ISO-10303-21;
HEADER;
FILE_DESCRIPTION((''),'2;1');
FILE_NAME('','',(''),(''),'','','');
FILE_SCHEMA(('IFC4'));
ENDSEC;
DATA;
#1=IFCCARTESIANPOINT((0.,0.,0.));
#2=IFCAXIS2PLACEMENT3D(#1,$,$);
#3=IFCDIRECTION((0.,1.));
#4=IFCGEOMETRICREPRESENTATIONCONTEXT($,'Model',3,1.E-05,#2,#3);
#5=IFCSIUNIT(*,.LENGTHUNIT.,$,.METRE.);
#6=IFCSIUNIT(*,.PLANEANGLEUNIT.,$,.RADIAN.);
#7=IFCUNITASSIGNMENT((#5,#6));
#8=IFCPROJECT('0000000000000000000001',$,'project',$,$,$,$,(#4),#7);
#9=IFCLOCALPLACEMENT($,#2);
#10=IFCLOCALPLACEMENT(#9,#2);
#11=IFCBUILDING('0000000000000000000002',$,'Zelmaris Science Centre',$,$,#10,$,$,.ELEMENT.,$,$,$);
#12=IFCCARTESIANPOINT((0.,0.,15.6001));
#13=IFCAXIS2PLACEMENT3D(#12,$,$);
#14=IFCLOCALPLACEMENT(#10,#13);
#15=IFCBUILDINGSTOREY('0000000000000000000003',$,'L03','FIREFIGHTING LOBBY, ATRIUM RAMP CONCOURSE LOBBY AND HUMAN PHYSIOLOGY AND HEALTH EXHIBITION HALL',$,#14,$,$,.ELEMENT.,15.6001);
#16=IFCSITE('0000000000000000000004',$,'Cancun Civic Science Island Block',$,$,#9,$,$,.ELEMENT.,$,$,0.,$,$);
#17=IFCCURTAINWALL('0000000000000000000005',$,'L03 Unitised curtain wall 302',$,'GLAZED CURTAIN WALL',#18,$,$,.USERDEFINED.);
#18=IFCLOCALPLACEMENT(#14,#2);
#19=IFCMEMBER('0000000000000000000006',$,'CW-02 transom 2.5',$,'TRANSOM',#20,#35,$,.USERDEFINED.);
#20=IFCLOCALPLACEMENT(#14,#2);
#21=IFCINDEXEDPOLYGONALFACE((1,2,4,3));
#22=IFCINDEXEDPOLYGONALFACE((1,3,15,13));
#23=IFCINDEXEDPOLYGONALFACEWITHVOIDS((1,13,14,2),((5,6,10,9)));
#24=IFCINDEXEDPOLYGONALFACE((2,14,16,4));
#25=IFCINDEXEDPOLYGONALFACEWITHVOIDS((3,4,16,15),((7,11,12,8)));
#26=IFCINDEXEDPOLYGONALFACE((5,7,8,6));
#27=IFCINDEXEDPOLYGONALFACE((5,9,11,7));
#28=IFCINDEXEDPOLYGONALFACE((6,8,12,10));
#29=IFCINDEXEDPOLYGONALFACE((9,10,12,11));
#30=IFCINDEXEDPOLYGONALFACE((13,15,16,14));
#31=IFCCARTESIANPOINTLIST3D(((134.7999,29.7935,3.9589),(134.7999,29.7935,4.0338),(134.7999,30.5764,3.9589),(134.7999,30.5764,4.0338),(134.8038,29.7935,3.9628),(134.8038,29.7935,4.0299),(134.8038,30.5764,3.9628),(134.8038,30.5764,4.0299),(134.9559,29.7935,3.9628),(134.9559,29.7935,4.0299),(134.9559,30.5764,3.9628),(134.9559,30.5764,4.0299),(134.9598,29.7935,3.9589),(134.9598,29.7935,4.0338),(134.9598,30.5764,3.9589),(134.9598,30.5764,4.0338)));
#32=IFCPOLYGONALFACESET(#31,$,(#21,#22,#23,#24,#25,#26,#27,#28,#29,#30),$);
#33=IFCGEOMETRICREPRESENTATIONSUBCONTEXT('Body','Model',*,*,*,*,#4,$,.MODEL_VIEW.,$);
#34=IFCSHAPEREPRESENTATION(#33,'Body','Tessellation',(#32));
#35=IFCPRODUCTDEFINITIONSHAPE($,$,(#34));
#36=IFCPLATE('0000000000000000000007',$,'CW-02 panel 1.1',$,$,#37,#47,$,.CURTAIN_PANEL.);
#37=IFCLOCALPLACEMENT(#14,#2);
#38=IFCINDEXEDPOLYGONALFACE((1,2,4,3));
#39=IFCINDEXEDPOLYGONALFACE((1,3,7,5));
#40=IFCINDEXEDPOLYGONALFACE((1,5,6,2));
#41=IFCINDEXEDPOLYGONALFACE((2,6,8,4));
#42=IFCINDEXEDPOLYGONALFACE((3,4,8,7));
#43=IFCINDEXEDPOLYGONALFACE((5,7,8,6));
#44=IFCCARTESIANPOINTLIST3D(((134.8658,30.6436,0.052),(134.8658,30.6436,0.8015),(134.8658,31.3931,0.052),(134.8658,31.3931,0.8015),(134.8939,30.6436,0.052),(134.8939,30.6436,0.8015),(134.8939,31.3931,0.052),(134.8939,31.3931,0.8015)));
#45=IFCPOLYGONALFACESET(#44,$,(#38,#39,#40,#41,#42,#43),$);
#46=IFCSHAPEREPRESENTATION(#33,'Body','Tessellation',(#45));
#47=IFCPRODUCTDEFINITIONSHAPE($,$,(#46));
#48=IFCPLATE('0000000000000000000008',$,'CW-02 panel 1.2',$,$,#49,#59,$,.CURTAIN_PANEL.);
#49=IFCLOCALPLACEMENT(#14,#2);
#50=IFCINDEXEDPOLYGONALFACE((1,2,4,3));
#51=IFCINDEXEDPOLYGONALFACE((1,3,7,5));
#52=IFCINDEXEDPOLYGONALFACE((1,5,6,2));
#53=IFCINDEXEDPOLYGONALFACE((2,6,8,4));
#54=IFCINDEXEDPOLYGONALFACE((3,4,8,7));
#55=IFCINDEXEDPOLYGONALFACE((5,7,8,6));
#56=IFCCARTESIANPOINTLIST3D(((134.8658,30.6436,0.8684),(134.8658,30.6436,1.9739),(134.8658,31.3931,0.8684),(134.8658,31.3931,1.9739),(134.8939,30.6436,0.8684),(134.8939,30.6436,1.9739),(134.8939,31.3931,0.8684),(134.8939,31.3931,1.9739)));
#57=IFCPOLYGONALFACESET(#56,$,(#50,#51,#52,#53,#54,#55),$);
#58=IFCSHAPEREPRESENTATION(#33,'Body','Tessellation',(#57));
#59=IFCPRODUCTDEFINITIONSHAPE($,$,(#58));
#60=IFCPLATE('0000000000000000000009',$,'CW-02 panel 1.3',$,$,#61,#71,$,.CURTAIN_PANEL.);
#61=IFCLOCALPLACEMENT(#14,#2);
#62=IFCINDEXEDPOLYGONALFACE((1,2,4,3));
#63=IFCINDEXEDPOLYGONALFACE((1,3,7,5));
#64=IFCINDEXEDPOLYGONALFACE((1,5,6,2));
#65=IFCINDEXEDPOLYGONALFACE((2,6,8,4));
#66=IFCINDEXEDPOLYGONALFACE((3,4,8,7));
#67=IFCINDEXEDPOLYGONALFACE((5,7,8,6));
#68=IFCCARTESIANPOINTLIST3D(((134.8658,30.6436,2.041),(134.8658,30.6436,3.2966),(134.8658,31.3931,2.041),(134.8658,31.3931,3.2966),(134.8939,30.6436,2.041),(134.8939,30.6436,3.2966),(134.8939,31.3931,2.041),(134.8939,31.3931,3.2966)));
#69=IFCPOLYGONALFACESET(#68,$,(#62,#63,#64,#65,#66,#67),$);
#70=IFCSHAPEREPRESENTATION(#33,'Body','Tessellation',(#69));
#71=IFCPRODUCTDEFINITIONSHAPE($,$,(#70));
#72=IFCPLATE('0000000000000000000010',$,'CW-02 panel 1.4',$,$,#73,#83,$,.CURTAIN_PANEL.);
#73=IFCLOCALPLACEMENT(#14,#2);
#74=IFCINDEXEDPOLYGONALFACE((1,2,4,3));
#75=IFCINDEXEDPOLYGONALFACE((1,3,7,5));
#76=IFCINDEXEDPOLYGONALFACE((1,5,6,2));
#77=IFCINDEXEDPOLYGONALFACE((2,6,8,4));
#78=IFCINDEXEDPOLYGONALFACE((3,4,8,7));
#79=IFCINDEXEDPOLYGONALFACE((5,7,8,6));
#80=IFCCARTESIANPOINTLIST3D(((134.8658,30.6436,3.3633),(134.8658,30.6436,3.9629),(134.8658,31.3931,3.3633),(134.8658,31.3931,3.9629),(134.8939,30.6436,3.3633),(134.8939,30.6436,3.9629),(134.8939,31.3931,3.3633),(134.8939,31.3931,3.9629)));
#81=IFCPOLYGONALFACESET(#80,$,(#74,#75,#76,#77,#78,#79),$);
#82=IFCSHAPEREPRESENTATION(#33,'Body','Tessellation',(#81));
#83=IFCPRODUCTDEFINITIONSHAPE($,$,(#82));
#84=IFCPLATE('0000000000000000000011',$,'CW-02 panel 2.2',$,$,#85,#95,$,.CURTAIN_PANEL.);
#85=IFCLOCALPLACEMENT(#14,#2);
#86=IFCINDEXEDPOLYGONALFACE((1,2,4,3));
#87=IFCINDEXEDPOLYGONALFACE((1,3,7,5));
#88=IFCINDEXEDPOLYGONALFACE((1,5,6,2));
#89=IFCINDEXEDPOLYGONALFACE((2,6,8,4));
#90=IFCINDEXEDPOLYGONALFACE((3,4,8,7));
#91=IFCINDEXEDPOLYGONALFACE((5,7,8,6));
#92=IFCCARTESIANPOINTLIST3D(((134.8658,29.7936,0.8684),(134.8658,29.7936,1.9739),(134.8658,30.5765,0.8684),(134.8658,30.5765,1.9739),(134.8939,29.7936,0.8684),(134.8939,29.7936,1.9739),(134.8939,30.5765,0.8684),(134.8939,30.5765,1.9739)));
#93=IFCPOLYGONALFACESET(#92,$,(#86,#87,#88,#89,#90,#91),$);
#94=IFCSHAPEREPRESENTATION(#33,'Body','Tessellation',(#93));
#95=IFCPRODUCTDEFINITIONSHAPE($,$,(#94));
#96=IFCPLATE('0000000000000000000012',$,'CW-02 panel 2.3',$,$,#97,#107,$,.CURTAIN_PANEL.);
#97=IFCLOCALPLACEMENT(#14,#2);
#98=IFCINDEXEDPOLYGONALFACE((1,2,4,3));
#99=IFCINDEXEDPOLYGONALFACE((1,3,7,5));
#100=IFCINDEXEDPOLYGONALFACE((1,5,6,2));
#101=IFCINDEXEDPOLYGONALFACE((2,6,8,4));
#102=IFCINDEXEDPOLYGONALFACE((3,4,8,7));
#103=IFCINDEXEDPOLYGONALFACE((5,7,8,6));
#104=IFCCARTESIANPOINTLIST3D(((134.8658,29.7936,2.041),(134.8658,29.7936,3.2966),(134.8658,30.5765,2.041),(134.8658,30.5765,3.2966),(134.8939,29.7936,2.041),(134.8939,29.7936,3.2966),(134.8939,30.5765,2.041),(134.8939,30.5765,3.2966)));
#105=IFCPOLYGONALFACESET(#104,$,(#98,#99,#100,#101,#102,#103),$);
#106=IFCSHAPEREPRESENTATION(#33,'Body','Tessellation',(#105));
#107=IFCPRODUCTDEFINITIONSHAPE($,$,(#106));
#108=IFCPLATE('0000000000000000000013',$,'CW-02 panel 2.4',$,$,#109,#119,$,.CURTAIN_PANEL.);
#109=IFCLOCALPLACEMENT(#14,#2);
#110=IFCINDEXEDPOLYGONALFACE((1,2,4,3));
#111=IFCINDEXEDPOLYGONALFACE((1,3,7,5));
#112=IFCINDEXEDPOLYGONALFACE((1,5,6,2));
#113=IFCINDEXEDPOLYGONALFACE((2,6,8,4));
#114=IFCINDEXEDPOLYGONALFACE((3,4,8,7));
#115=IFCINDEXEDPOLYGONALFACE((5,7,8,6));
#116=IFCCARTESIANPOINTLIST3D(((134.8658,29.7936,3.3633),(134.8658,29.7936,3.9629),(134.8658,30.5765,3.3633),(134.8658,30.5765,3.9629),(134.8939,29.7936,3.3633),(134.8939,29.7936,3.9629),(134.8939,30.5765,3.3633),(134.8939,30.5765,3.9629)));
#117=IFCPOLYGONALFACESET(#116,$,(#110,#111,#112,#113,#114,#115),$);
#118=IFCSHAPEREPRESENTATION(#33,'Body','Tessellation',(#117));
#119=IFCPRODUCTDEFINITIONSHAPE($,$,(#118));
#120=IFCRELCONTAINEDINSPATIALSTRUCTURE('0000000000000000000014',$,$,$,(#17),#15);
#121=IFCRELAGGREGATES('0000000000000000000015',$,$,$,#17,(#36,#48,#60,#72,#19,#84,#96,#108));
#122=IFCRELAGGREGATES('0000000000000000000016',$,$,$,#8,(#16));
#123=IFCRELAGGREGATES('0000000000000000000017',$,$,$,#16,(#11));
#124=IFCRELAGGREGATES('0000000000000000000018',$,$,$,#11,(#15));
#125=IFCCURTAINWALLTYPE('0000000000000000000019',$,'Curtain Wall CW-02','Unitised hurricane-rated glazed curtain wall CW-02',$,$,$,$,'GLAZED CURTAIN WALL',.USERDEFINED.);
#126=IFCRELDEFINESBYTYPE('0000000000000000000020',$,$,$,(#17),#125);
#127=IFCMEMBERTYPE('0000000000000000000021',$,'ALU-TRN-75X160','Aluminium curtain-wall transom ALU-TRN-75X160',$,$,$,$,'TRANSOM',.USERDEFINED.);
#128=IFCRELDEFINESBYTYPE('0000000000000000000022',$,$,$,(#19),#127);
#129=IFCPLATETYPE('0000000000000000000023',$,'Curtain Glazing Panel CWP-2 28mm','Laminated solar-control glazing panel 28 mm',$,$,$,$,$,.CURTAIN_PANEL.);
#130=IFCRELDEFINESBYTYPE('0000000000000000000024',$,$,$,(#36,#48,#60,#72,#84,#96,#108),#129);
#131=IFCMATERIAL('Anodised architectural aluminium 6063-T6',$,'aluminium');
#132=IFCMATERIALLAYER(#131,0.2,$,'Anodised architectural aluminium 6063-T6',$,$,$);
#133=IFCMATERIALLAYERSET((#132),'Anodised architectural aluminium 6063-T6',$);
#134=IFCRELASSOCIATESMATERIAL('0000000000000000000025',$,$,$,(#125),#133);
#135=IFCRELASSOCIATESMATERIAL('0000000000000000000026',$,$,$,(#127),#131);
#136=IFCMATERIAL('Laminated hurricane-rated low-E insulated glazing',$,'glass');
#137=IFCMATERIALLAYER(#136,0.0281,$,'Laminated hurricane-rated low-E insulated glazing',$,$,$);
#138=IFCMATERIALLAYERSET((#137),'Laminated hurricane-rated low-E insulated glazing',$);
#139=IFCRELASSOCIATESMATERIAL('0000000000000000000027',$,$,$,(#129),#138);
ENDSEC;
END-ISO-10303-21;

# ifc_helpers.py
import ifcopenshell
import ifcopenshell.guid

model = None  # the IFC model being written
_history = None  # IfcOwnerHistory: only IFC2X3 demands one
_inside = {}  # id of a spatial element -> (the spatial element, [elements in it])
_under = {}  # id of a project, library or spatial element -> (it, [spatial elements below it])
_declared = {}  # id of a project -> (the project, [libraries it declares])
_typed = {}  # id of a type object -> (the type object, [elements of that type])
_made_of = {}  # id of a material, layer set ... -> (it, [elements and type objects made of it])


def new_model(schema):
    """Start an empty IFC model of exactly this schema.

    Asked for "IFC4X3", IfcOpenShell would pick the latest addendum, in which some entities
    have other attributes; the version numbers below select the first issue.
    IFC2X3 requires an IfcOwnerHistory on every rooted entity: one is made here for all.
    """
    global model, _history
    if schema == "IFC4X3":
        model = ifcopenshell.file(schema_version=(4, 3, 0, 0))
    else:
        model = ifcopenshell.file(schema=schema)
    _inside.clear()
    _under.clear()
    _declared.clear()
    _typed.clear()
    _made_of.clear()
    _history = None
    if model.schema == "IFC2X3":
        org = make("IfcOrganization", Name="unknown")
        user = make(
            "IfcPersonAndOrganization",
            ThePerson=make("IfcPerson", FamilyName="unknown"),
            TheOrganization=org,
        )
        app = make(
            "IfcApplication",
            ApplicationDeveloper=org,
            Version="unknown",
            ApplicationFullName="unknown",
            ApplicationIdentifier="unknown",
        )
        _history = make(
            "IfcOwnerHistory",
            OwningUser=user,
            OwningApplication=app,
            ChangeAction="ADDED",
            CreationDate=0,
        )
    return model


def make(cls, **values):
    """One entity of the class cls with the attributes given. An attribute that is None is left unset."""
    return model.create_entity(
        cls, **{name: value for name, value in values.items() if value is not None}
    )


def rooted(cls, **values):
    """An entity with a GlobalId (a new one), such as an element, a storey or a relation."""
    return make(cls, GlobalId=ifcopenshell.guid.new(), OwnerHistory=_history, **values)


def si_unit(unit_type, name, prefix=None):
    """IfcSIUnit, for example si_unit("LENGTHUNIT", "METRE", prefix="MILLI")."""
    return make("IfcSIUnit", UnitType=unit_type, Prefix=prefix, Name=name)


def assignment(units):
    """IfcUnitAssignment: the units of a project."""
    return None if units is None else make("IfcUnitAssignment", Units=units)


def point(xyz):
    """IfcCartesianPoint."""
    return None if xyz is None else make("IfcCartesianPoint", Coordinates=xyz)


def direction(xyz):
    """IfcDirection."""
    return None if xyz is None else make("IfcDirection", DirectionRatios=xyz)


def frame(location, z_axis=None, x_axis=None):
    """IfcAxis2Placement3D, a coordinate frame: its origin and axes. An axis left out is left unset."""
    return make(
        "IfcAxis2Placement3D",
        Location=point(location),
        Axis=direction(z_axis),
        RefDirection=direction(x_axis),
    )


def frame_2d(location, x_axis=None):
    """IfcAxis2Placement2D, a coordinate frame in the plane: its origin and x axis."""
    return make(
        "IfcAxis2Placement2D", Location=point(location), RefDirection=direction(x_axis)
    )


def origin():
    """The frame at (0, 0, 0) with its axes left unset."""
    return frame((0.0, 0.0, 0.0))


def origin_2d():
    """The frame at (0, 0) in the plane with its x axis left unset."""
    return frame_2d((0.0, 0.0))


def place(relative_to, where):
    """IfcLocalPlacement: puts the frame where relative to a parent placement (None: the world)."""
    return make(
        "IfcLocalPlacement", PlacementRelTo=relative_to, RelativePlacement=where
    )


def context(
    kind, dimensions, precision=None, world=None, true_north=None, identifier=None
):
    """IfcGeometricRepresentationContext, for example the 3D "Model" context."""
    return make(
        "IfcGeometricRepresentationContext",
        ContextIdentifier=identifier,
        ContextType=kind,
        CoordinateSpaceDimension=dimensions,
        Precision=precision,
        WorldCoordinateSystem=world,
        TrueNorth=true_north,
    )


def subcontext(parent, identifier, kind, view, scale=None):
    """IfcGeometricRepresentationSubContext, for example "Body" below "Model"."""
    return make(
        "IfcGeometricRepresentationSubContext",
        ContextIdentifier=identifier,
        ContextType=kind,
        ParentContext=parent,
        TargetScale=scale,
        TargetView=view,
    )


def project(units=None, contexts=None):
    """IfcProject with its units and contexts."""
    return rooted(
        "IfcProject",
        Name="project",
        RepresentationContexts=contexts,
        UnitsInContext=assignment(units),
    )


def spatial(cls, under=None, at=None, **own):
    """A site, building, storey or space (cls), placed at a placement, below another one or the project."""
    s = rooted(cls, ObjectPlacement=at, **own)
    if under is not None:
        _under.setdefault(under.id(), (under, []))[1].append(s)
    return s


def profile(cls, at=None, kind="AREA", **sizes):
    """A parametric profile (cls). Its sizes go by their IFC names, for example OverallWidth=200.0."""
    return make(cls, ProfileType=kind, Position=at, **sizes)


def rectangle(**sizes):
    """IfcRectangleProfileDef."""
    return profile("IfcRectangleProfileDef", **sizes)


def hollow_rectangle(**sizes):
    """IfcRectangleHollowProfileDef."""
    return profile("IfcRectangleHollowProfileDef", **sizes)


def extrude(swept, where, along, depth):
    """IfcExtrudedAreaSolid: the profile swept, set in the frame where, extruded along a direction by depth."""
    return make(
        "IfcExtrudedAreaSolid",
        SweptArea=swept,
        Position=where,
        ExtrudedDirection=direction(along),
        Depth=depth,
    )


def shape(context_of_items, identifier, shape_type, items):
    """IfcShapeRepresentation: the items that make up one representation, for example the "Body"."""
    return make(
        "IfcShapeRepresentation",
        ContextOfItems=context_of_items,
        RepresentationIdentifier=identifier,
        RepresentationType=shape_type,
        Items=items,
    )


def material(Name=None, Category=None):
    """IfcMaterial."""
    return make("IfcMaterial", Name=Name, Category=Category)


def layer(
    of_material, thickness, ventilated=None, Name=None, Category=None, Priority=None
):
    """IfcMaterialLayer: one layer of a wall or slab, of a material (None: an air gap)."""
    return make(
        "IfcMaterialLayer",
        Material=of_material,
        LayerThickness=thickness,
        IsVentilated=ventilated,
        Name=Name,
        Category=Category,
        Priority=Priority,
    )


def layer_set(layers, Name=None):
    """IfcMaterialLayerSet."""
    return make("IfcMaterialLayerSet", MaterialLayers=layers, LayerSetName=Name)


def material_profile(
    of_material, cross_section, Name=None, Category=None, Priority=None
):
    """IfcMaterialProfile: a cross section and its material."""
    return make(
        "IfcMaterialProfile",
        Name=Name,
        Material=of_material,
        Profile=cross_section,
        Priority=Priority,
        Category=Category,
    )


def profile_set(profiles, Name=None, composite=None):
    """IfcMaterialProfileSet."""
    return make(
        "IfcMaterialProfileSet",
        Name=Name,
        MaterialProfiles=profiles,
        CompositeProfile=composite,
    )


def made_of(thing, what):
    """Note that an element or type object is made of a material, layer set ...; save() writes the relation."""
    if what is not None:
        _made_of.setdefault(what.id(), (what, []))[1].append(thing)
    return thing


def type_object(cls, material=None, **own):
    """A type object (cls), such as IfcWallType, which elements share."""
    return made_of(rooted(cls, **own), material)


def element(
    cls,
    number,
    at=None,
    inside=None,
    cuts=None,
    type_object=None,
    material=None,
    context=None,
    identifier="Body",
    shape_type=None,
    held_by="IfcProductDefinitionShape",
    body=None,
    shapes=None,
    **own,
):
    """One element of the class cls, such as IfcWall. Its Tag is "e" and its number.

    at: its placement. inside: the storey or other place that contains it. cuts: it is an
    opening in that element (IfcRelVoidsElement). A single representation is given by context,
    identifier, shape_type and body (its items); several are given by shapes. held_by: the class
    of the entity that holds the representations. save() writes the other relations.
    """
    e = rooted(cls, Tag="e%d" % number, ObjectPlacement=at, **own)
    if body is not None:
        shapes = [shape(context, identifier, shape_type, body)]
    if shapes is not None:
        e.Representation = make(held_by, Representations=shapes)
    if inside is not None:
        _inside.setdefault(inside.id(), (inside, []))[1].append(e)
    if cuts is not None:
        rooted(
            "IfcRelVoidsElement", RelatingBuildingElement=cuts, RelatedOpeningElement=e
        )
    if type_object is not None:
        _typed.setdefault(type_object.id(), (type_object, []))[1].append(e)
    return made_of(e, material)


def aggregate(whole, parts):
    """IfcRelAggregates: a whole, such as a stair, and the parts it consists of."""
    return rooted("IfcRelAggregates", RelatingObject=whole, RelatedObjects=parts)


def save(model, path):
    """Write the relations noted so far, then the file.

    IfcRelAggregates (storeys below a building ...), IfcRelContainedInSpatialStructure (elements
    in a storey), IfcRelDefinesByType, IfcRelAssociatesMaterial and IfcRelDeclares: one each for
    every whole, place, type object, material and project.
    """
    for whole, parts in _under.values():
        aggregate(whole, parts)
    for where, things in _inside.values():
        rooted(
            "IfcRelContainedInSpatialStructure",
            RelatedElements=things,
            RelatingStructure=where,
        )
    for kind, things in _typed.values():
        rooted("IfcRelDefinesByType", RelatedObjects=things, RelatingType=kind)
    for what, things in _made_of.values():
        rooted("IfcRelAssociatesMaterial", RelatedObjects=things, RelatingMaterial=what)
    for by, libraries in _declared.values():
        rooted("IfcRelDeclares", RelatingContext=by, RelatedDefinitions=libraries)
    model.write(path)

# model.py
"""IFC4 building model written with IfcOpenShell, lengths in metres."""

from ifc_helpers import new_model, si_unit, direction, frame, origin, origin_2d, place, context, subcontext, project, spatial, rectangle, hollow_rectangle, extrude, material, layer, layer_set, material_profile, profile_set, type_object, element, aggregate, save


model = new_model("IFC4")

# Units and contexts
model_context = context("Model", 3, precision=1e-05, world=origin(), true_north=direction((0.0, 1.0)))
body_context = subcontext(model_context, "Body", "Model", "MODEL_VIEW")
ifc_project = project(units=[si_unit("LENGTHUNIT", "METRE"), si_unit("PLANEANGLEUNIT", "RADIAN")], contexts=[model_context])

# Site, building, storey
site_placement = place(None, origin())
site = spatial("IfcSite", under=ifc_project, at=site_placement, Name="Cancun Civic Science Island Block", CompositionType="ELEMENT", RefElevation=0.0)
building_placement = place(site_placement, origin())
building = spatial("IfcBuilding", under=site, at=building_placement, Name="Zelmaris Science Centre", CompositionType="ELEMENT")
storey_placement = place(building_placement, frame((0.0, 0.0, 15.6001)))
storey = spatial("IfcBuildingStorey", under=building, at=storey_placement, Name="L03", Description="FIREFIGHTING LOBBY, ATRIUM RAMP CONCOURSE LOBBY AND HUMAN PHYSIOLOGY AND HEALTH EXHIBITION HALL", CompositionType="ELEMENT", Elevation=15.6001)

# Curtain wall, member, plates
ifc_material_1 = material(Name="Anodised architectural aluminium 6063-T6", Category="aluminium")
ifc_layer_1 = layer(ifc_material_1, 0.2, Name="Anodised architectural aluminium 6063-T6")
ifc_layer_set_1 = layer_set([ifc_layer_1], Name="Anodised architectural aluminium 6063-T6")
curtain_wall_type = type_object("IfcCurtainWallType", Name="Curtain Wall CW-02", Description="Unitised hurricane-rated glazed curtain wall CW-02", ElementType="GLAZED CURTAIN WALL", PredefinedType="USERDEFINED", material=ifc_layer_set_1)
curtain_wall_placement = place(storey_placement, origin())
curtain_wall = element("IfcCurtainWall", 1, at=curtain_wall_placement, inside=storey, type_object=curtain_wall_type, Name="L03 Unitised curtain wall 302", ObjectType="GLAZED CURTAIN WALL", PredefinedType="USERDEFINED")
ifc_material_profile_1 = material_profile(ifc_material_1, hollow_rectangle(XDim=0.075, YDim=0.1599, WallThickness=0.0039, at=origin_2d()), Name="ALU-TRN-75X160")
ifc_profile_set_1 = profile_set([ifc_material_profile_1], Name="Anodised architectural aluminium 6063-T6")
member_type_1 = type_object("IfcMemberType", Name="ALU-TRN-75X160", Description="Aluminium curtain-wall transom ALU-TRN-75X160", ElementType="TRANSOM", PredefinedType="USERDEFINED", material=ifc_profile_set_1)
member_1_placement = place(storey_placement, frame((134.8799, 30.5764, 3.9963), z_axis=(0.0, -1.0, 0.0), x_axis=(0.0, 0.0, 1.0)))
member_1 = element("IfcMember", 2, at=member_1_placement, type_object=member_type_1, Name="CW-02 transom 2.5", ObjectType="TRANSOM", PredefinedType="USERDEFINED", context=body_context, shape_type="SweptSolid", body=[
    extrude(hollow_rectangle(XDim=0.075, YDim=0.1599, WallThickness=0.0039, at=origin_2d()), origin(), (0.0, 0.0, 1.0), 0.783),
])
ifc_material_2 = material(Name="Laminated hurricane-rated low-E insulated glazing", Category="glass")
ifc_layer_2 = layer(ifc_material_2, 0.0281, Name="Laminated hurricane-rated low-E insulated glazing")
ifc_layer_set_2 = layer_set([ifc_layer_2], Name="Laminated hurricane-rated low-E insulated glazing")
plate_type = type_object("IfcPlateType", Name="Curtain Glazing Panel CWP-2 28mm", Description="Laminated solar-control glazing panel 28 mm", PredefinedType="CURTAIN_PANEL", material=ifc_layer_set_2)
plate_1_placement = place(storey_placement, frame((134.8799, 31.0183, 0.052), z_axis=(0.0, 0.0, 1.0), x_axis=(0.0, -1.0, 0.0)))
plate_1 = element("IfcPlate", 3, at=plate_1_placement, type_object=plate_type, Name="CW-02 panel 1.1", PredefinedType="CURTAIN_PANEL", context=body_context, shape_type="SweptSolid", body=[
    extrude(rectangle(XDim=0.7495, YDim=0.0281, at=origin_2d()), origin(), (0.0, 0.0, 1.0), 0.7495),
])
plate_2_placement = place(storey_placement, frame((134.8799, 31.0183, 0.8684), z_axis=(0.0, 0.0, 1.0), x_axis=(0.0, -1.0, 0.0)))
plate_2 = element("IfcPlate", 4, at=plate_2_placement, type_object=plate_type, Name="CW-02 panel 1.2", PredefinedType="CURTAIN_PANEL", context=body_context, shape_type="SweptSolid", body=[
    extrude(rectangle(XDim=0.7495, YDim=0.0281, at=origin_2d()), origin(), (0.0, 0.0, 1.0), 1.1055),
])
plate_3_placement = place(storey_placement, frame((134.8799, 31.0183, 2.041), z_axis=(0.0, 0.0, 1.0), x_axis=(0.0, -1.0, 0.0)))
plate_3 = element("IfcPlate", 5, at=plate_3_placement, type_object=plate_type, Name="CW-02 panel 1.3", PredefinedType="CURTAIN_PANEL", context=body_context, shape_type="SweptSolid", body=[
    extrude(rectangle(XDim=0.7495, YDim=0.0281, at=origin_2d()), origin(), (0.0, 0.0, 1.0), 1.2556),
])
plate_4_placement = place(storey_placement, frame((134.8799, 31.0183, 3.3633), z_axis=(0.0, 0.0, 1.0), x_axis=(0.0, -1.0, 0.0)))
plate_4 = element("IfcPlate", 6, at=plate_4_placement, type_object=plate_type, Name="CW-02 panel 1.4", PredefinedType="CURTAIN_PANEL", context=body_context, shape_type="SweptSolid", body=[
    extrude(rectangle(XDim=0.7495, YDim=0.0281, at=origin_2d()), origin(), (0.0, 0.0, 1.0), 0.5996),
])
plate_5_placement = place(storey_placement, frame((134.8799, 30.1851, 0.8684), z_axis=(0.0, 0.0, 1.0), x_axis=(0.0, -1.0, 0.0)))
plate_5 = element("IfcPlate", 7, at=plate_5_placement, type_object=plate_type, Name="CW-02 panel 2.2", PredefinedType="CURTAIN_PANEL", context=body_context, shape_type="SweptSolid", body=[
    extrude(rectangle(XDim=0.783, YDim=0.0281, at=origin_2d()), origin(), (0.0, 0.0, 1.0), 1.1055),
])
plate_6_placement = place(storey_placement, frame((134.8799, 30.1851, 2.041), z_axis=(0.0, 0.0, 1.0), x_axis=(0.0, -1.0, 0.0)))
plate_6 = element("IfcPlate", 8, at=plate_6_placement, type_object=plate_type, Name="CW-02 panel 2.3", PredefinedType="CURTAIN_PANEL", context=body_context, shape_type="SweptSolid", body=[
    extrude(rectangle(XDim=0.783, YDim=0.0281, at=origin_2d()), origin(), (0.0, 0.0, 1.0), 1.2556),
])
plate_7_placement = place(storey_placement, frame((134.8799, 30.1851, 3.3633), z_axis=(0.0, 0.0, 1.0), x_axis=(0.0, -1.0, 0.0)))
plate_7 = element("IfcPlate", 9, at=plate_7_placement, type_object=plate_type, Name="CW-02 panel 2.4", PredefinedType="CURTAIN_PANEL", context=body_context, shape_type="SweptSolid", body=[
    extrude(rectangle(XDim=0.783, YDim=0.0281, at=origin_2d()), origin(), (0.0, 0.0, 1.0), 0.5996),
])
aggregate(curtain_wall, [plate_1, plate_2, plate_3, plate_4, member_1, plate_5, plate_6, plate_7])

save(model, "model.ifc")
